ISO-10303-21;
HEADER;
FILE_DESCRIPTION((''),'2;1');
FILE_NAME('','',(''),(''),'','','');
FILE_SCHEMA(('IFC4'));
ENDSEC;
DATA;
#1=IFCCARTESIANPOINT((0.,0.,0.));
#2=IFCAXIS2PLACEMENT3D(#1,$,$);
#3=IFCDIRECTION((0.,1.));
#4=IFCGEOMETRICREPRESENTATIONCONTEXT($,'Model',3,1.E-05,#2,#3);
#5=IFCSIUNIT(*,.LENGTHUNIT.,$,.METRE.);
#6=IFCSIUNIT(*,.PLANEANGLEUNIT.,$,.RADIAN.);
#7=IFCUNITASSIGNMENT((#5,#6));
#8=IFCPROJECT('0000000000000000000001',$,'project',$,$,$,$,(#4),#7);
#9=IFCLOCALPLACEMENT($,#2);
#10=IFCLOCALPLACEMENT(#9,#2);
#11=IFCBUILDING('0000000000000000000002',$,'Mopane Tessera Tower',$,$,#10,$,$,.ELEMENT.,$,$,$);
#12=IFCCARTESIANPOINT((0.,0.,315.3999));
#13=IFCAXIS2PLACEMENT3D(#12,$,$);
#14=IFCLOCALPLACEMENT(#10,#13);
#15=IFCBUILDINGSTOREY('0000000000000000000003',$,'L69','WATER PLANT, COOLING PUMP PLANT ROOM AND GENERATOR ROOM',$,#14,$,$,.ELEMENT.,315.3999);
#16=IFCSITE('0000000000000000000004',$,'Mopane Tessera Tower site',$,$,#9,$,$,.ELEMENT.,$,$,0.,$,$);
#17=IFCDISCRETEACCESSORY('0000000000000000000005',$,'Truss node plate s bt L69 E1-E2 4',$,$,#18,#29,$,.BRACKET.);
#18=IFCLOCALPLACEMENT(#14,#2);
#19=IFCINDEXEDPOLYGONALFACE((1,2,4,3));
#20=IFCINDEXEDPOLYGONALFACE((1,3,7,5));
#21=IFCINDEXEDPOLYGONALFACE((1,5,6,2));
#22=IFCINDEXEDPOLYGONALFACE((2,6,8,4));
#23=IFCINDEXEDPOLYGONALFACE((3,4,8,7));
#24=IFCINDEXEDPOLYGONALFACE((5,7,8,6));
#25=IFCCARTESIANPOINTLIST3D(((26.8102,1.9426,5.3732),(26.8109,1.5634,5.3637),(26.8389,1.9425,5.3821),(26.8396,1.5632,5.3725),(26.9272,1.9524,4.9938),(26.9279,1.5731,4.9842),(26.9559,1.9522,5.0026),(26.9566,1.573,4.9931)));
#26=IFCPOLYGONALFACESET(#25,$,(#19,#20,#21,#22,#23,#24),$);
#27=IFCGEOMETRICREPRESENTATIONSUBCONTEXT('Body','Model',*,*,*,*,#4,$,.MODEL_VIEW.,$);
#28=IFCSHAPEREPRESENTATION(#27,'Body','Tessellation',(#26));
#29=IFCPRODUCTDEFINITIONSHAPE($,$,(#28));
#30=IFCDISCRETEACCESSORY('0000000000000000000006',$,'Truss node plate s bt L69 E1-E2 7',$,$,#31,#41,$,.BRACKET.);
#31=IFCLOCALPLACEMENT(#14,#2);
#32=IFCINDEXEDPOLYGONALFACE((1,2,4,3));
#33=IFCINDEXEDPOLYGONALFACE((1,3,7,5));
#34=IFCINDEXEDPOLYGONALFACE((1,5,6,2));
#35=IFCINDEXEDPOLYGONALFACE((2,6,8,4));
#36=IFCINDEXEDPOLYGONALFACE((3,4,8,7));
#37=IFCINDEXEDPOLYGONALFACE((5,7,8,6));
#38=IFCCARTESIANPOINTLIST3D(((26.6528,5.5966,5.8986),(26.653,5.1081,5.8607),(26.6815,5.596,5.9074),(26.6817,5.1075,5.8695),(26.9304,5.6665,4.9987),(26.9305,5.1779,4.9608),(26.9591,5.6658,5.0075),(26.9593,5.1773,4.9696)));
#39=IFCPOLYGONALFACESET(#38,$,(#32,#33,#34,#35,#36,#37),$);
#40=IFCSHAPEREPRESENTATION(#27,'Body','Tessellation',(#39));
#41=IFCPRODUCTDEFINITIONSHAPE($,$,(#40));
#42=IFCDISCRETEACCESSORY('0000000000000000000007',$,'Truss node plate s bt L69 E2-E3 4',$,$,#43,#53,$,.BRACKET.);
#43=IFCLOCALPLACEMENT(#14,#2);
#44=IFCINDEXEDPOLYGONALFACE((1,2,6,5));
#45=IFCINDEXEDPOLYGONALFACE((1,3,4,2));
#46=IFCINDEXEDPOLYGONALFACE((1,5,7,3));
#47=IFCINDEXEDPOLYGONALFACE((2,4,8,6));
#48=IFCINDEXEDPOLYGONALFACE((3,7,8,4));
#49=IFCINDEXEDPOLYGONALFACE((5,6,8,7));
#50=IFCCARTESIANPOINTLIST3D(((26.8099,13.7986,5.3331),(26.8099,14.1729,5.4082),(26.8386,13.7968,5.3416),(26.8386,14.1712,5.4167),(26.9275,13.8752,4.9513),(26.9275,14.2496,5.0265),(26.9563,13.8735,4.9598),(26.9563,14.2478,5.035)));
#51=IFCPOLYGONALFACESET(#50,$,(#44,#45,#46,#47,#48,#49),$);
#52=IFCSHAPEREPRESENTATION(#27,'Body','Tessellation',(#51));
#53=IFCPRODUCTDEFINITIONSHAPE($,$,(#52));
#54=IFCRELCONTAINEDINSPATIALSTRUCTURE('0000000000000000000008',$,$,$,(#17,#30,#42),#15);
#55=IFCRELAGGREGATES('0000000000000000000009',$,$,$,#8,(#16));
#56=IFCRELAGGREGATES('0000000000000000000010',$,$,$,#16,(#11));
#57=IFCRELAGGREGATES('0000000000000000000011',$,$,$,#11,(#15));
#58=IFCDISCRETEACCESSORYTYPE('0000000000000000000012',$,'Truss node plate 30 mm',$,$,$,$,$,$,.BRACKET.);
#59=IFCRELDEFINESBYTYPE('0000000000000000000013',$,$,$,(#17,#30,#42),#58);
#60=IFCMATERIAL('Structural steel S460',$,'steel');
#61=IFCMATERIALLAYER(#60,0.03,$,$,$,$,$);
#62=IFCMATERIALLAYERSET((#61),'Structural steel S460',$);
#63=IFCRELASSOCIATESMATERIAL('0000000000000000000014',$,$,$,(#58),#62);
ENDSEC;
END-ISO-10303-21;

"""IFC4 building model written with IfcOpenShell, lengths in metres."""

from ifc_helpers import new_model, si_unit, direction, frame, origin, origin_2d, place, context, subcontext, project, spatial, rectangle, extrude, material, layer, layer_set, type_object, element, save


model = new_model("IFC4")

# Units and contexts
model_context = context("Model", 3, precision=1e-05, world=origin(), true_north=direction((0.0, 1.0)))
body_context = subcontext(model_context, "Body", "Model", "MODEL_VIEW")
ifc_project = project(units=[si_unit("LENGTHUNIT", "METRE"), si_unit("PLANEANGLEUNIT", "RADIAN")], contexts=[model_context])

# Site, building, storey
site_placement = place(None, origin())
site = spatial("IfcSite", under=ifc_project, at=site_placement, Name="Mopane Tessera Tower site", CompositionType="ELEMENT", RefElevation=0.0)
building_placement = place(site_placement, origin())
building = spatial("IfcBuilding", under=site, at=building_placement, Name="Mopane Tessera Tower", CompositionType="ELEMENT")
storey_placement = place(building_placement, frame((0.0, 0.0, 315.3999)))
storey = spatial("IfcBuildingStorey", under=building, at=storey_placement, Name="L69", Description="WATER PLANT, COOLING PUMP PLANT ROOM AND GENERATOR ROOM", CompositionType="ELEMENT", Elevation=315.3999)

# Discrete accessories
ifc_material_1 = material(Name="Structural steel S460", Category="steel")
ifc_layer_1 = layer(ifc_material_1, 0.03)
ifc_layer_set_1 = layer_set([ifc_layer_1], Name="Structural steel S460")
discrete_accessory_type = type_object("IfcDiscreteAccessoryType", Name="Truss node plate 30 mm", PredefinedType="BRACKET", material=ifc_layer_set_1)
discrete_accessory_1_placement = place(storey_placement, frame((26.9419, 1.7627, 4.9934), z_axis=(-0.294472, -0.024591, 0.955344), x_axis=(-0.955658, 0.00568, -0.294423)))
element("IfcDiscreteAccessory", 1, at=discrete_accessory_1_placement, inside=storey, type_object=discrete_accessory_type, Name="Truss node plate s bt L69 E1-E2 4", PredefinedType="BRACKET", context=body_context, shape_type="SweptSolid", body=[
    extrude(rectangle(XDim=0.03, YDim=0.3794, at=origin_2d()), origin(), (0.0, 0.0, 1.0), 0.3972),
])
discrete_accessory_2_placement = place(storey_placement, frame((26.9448, 5.4219, 4.9841), z_axis=(-0.293953, -0.073941, 0.952956), x_axis=(-0.95582, 0.022414, -0.293097)))
element("IfcDiscreteAccessory", 2, at=discrete_accessory_2_placement, inside=storey, type_object=discrete_accessory_type, Name="Truss node plate s bt L69 E1-E2 7", PredefinedType="BRACKET", context=body_context, shape_type="SweptSolid", body=[
    extrude(rectangle(XDim=0.03, YDim=0.49, at=origin_2d()), origin(), (0.0, 0.0, 1.0), 0.9443),
])
discrete_accessory_3_placement = place(storey_placement, frame((26.9419, 14.0615, 4.9932), z_axis=(-0.28924, -0.188426, 0.938529), x_axis=(-0.957257, 0.057024, -0.283563)))
element("IfcDiscreteAccessory", 3, at=discrete_accessory_3_placement, inside=storey, type_object=discrete_accessory_type, Name="Truss node plate s bt L69 E2-E3 4", PredefinedType="BRACKET", context=body_context, shape_type="SweptSolid", body=[
    extrude(rectangle(XDim=0.03, YDim=0.3818, at=origin_2d()), origin(), (0.0, 0.0, 1.0), 0.4067),
])

save(model, "model.ifc")
